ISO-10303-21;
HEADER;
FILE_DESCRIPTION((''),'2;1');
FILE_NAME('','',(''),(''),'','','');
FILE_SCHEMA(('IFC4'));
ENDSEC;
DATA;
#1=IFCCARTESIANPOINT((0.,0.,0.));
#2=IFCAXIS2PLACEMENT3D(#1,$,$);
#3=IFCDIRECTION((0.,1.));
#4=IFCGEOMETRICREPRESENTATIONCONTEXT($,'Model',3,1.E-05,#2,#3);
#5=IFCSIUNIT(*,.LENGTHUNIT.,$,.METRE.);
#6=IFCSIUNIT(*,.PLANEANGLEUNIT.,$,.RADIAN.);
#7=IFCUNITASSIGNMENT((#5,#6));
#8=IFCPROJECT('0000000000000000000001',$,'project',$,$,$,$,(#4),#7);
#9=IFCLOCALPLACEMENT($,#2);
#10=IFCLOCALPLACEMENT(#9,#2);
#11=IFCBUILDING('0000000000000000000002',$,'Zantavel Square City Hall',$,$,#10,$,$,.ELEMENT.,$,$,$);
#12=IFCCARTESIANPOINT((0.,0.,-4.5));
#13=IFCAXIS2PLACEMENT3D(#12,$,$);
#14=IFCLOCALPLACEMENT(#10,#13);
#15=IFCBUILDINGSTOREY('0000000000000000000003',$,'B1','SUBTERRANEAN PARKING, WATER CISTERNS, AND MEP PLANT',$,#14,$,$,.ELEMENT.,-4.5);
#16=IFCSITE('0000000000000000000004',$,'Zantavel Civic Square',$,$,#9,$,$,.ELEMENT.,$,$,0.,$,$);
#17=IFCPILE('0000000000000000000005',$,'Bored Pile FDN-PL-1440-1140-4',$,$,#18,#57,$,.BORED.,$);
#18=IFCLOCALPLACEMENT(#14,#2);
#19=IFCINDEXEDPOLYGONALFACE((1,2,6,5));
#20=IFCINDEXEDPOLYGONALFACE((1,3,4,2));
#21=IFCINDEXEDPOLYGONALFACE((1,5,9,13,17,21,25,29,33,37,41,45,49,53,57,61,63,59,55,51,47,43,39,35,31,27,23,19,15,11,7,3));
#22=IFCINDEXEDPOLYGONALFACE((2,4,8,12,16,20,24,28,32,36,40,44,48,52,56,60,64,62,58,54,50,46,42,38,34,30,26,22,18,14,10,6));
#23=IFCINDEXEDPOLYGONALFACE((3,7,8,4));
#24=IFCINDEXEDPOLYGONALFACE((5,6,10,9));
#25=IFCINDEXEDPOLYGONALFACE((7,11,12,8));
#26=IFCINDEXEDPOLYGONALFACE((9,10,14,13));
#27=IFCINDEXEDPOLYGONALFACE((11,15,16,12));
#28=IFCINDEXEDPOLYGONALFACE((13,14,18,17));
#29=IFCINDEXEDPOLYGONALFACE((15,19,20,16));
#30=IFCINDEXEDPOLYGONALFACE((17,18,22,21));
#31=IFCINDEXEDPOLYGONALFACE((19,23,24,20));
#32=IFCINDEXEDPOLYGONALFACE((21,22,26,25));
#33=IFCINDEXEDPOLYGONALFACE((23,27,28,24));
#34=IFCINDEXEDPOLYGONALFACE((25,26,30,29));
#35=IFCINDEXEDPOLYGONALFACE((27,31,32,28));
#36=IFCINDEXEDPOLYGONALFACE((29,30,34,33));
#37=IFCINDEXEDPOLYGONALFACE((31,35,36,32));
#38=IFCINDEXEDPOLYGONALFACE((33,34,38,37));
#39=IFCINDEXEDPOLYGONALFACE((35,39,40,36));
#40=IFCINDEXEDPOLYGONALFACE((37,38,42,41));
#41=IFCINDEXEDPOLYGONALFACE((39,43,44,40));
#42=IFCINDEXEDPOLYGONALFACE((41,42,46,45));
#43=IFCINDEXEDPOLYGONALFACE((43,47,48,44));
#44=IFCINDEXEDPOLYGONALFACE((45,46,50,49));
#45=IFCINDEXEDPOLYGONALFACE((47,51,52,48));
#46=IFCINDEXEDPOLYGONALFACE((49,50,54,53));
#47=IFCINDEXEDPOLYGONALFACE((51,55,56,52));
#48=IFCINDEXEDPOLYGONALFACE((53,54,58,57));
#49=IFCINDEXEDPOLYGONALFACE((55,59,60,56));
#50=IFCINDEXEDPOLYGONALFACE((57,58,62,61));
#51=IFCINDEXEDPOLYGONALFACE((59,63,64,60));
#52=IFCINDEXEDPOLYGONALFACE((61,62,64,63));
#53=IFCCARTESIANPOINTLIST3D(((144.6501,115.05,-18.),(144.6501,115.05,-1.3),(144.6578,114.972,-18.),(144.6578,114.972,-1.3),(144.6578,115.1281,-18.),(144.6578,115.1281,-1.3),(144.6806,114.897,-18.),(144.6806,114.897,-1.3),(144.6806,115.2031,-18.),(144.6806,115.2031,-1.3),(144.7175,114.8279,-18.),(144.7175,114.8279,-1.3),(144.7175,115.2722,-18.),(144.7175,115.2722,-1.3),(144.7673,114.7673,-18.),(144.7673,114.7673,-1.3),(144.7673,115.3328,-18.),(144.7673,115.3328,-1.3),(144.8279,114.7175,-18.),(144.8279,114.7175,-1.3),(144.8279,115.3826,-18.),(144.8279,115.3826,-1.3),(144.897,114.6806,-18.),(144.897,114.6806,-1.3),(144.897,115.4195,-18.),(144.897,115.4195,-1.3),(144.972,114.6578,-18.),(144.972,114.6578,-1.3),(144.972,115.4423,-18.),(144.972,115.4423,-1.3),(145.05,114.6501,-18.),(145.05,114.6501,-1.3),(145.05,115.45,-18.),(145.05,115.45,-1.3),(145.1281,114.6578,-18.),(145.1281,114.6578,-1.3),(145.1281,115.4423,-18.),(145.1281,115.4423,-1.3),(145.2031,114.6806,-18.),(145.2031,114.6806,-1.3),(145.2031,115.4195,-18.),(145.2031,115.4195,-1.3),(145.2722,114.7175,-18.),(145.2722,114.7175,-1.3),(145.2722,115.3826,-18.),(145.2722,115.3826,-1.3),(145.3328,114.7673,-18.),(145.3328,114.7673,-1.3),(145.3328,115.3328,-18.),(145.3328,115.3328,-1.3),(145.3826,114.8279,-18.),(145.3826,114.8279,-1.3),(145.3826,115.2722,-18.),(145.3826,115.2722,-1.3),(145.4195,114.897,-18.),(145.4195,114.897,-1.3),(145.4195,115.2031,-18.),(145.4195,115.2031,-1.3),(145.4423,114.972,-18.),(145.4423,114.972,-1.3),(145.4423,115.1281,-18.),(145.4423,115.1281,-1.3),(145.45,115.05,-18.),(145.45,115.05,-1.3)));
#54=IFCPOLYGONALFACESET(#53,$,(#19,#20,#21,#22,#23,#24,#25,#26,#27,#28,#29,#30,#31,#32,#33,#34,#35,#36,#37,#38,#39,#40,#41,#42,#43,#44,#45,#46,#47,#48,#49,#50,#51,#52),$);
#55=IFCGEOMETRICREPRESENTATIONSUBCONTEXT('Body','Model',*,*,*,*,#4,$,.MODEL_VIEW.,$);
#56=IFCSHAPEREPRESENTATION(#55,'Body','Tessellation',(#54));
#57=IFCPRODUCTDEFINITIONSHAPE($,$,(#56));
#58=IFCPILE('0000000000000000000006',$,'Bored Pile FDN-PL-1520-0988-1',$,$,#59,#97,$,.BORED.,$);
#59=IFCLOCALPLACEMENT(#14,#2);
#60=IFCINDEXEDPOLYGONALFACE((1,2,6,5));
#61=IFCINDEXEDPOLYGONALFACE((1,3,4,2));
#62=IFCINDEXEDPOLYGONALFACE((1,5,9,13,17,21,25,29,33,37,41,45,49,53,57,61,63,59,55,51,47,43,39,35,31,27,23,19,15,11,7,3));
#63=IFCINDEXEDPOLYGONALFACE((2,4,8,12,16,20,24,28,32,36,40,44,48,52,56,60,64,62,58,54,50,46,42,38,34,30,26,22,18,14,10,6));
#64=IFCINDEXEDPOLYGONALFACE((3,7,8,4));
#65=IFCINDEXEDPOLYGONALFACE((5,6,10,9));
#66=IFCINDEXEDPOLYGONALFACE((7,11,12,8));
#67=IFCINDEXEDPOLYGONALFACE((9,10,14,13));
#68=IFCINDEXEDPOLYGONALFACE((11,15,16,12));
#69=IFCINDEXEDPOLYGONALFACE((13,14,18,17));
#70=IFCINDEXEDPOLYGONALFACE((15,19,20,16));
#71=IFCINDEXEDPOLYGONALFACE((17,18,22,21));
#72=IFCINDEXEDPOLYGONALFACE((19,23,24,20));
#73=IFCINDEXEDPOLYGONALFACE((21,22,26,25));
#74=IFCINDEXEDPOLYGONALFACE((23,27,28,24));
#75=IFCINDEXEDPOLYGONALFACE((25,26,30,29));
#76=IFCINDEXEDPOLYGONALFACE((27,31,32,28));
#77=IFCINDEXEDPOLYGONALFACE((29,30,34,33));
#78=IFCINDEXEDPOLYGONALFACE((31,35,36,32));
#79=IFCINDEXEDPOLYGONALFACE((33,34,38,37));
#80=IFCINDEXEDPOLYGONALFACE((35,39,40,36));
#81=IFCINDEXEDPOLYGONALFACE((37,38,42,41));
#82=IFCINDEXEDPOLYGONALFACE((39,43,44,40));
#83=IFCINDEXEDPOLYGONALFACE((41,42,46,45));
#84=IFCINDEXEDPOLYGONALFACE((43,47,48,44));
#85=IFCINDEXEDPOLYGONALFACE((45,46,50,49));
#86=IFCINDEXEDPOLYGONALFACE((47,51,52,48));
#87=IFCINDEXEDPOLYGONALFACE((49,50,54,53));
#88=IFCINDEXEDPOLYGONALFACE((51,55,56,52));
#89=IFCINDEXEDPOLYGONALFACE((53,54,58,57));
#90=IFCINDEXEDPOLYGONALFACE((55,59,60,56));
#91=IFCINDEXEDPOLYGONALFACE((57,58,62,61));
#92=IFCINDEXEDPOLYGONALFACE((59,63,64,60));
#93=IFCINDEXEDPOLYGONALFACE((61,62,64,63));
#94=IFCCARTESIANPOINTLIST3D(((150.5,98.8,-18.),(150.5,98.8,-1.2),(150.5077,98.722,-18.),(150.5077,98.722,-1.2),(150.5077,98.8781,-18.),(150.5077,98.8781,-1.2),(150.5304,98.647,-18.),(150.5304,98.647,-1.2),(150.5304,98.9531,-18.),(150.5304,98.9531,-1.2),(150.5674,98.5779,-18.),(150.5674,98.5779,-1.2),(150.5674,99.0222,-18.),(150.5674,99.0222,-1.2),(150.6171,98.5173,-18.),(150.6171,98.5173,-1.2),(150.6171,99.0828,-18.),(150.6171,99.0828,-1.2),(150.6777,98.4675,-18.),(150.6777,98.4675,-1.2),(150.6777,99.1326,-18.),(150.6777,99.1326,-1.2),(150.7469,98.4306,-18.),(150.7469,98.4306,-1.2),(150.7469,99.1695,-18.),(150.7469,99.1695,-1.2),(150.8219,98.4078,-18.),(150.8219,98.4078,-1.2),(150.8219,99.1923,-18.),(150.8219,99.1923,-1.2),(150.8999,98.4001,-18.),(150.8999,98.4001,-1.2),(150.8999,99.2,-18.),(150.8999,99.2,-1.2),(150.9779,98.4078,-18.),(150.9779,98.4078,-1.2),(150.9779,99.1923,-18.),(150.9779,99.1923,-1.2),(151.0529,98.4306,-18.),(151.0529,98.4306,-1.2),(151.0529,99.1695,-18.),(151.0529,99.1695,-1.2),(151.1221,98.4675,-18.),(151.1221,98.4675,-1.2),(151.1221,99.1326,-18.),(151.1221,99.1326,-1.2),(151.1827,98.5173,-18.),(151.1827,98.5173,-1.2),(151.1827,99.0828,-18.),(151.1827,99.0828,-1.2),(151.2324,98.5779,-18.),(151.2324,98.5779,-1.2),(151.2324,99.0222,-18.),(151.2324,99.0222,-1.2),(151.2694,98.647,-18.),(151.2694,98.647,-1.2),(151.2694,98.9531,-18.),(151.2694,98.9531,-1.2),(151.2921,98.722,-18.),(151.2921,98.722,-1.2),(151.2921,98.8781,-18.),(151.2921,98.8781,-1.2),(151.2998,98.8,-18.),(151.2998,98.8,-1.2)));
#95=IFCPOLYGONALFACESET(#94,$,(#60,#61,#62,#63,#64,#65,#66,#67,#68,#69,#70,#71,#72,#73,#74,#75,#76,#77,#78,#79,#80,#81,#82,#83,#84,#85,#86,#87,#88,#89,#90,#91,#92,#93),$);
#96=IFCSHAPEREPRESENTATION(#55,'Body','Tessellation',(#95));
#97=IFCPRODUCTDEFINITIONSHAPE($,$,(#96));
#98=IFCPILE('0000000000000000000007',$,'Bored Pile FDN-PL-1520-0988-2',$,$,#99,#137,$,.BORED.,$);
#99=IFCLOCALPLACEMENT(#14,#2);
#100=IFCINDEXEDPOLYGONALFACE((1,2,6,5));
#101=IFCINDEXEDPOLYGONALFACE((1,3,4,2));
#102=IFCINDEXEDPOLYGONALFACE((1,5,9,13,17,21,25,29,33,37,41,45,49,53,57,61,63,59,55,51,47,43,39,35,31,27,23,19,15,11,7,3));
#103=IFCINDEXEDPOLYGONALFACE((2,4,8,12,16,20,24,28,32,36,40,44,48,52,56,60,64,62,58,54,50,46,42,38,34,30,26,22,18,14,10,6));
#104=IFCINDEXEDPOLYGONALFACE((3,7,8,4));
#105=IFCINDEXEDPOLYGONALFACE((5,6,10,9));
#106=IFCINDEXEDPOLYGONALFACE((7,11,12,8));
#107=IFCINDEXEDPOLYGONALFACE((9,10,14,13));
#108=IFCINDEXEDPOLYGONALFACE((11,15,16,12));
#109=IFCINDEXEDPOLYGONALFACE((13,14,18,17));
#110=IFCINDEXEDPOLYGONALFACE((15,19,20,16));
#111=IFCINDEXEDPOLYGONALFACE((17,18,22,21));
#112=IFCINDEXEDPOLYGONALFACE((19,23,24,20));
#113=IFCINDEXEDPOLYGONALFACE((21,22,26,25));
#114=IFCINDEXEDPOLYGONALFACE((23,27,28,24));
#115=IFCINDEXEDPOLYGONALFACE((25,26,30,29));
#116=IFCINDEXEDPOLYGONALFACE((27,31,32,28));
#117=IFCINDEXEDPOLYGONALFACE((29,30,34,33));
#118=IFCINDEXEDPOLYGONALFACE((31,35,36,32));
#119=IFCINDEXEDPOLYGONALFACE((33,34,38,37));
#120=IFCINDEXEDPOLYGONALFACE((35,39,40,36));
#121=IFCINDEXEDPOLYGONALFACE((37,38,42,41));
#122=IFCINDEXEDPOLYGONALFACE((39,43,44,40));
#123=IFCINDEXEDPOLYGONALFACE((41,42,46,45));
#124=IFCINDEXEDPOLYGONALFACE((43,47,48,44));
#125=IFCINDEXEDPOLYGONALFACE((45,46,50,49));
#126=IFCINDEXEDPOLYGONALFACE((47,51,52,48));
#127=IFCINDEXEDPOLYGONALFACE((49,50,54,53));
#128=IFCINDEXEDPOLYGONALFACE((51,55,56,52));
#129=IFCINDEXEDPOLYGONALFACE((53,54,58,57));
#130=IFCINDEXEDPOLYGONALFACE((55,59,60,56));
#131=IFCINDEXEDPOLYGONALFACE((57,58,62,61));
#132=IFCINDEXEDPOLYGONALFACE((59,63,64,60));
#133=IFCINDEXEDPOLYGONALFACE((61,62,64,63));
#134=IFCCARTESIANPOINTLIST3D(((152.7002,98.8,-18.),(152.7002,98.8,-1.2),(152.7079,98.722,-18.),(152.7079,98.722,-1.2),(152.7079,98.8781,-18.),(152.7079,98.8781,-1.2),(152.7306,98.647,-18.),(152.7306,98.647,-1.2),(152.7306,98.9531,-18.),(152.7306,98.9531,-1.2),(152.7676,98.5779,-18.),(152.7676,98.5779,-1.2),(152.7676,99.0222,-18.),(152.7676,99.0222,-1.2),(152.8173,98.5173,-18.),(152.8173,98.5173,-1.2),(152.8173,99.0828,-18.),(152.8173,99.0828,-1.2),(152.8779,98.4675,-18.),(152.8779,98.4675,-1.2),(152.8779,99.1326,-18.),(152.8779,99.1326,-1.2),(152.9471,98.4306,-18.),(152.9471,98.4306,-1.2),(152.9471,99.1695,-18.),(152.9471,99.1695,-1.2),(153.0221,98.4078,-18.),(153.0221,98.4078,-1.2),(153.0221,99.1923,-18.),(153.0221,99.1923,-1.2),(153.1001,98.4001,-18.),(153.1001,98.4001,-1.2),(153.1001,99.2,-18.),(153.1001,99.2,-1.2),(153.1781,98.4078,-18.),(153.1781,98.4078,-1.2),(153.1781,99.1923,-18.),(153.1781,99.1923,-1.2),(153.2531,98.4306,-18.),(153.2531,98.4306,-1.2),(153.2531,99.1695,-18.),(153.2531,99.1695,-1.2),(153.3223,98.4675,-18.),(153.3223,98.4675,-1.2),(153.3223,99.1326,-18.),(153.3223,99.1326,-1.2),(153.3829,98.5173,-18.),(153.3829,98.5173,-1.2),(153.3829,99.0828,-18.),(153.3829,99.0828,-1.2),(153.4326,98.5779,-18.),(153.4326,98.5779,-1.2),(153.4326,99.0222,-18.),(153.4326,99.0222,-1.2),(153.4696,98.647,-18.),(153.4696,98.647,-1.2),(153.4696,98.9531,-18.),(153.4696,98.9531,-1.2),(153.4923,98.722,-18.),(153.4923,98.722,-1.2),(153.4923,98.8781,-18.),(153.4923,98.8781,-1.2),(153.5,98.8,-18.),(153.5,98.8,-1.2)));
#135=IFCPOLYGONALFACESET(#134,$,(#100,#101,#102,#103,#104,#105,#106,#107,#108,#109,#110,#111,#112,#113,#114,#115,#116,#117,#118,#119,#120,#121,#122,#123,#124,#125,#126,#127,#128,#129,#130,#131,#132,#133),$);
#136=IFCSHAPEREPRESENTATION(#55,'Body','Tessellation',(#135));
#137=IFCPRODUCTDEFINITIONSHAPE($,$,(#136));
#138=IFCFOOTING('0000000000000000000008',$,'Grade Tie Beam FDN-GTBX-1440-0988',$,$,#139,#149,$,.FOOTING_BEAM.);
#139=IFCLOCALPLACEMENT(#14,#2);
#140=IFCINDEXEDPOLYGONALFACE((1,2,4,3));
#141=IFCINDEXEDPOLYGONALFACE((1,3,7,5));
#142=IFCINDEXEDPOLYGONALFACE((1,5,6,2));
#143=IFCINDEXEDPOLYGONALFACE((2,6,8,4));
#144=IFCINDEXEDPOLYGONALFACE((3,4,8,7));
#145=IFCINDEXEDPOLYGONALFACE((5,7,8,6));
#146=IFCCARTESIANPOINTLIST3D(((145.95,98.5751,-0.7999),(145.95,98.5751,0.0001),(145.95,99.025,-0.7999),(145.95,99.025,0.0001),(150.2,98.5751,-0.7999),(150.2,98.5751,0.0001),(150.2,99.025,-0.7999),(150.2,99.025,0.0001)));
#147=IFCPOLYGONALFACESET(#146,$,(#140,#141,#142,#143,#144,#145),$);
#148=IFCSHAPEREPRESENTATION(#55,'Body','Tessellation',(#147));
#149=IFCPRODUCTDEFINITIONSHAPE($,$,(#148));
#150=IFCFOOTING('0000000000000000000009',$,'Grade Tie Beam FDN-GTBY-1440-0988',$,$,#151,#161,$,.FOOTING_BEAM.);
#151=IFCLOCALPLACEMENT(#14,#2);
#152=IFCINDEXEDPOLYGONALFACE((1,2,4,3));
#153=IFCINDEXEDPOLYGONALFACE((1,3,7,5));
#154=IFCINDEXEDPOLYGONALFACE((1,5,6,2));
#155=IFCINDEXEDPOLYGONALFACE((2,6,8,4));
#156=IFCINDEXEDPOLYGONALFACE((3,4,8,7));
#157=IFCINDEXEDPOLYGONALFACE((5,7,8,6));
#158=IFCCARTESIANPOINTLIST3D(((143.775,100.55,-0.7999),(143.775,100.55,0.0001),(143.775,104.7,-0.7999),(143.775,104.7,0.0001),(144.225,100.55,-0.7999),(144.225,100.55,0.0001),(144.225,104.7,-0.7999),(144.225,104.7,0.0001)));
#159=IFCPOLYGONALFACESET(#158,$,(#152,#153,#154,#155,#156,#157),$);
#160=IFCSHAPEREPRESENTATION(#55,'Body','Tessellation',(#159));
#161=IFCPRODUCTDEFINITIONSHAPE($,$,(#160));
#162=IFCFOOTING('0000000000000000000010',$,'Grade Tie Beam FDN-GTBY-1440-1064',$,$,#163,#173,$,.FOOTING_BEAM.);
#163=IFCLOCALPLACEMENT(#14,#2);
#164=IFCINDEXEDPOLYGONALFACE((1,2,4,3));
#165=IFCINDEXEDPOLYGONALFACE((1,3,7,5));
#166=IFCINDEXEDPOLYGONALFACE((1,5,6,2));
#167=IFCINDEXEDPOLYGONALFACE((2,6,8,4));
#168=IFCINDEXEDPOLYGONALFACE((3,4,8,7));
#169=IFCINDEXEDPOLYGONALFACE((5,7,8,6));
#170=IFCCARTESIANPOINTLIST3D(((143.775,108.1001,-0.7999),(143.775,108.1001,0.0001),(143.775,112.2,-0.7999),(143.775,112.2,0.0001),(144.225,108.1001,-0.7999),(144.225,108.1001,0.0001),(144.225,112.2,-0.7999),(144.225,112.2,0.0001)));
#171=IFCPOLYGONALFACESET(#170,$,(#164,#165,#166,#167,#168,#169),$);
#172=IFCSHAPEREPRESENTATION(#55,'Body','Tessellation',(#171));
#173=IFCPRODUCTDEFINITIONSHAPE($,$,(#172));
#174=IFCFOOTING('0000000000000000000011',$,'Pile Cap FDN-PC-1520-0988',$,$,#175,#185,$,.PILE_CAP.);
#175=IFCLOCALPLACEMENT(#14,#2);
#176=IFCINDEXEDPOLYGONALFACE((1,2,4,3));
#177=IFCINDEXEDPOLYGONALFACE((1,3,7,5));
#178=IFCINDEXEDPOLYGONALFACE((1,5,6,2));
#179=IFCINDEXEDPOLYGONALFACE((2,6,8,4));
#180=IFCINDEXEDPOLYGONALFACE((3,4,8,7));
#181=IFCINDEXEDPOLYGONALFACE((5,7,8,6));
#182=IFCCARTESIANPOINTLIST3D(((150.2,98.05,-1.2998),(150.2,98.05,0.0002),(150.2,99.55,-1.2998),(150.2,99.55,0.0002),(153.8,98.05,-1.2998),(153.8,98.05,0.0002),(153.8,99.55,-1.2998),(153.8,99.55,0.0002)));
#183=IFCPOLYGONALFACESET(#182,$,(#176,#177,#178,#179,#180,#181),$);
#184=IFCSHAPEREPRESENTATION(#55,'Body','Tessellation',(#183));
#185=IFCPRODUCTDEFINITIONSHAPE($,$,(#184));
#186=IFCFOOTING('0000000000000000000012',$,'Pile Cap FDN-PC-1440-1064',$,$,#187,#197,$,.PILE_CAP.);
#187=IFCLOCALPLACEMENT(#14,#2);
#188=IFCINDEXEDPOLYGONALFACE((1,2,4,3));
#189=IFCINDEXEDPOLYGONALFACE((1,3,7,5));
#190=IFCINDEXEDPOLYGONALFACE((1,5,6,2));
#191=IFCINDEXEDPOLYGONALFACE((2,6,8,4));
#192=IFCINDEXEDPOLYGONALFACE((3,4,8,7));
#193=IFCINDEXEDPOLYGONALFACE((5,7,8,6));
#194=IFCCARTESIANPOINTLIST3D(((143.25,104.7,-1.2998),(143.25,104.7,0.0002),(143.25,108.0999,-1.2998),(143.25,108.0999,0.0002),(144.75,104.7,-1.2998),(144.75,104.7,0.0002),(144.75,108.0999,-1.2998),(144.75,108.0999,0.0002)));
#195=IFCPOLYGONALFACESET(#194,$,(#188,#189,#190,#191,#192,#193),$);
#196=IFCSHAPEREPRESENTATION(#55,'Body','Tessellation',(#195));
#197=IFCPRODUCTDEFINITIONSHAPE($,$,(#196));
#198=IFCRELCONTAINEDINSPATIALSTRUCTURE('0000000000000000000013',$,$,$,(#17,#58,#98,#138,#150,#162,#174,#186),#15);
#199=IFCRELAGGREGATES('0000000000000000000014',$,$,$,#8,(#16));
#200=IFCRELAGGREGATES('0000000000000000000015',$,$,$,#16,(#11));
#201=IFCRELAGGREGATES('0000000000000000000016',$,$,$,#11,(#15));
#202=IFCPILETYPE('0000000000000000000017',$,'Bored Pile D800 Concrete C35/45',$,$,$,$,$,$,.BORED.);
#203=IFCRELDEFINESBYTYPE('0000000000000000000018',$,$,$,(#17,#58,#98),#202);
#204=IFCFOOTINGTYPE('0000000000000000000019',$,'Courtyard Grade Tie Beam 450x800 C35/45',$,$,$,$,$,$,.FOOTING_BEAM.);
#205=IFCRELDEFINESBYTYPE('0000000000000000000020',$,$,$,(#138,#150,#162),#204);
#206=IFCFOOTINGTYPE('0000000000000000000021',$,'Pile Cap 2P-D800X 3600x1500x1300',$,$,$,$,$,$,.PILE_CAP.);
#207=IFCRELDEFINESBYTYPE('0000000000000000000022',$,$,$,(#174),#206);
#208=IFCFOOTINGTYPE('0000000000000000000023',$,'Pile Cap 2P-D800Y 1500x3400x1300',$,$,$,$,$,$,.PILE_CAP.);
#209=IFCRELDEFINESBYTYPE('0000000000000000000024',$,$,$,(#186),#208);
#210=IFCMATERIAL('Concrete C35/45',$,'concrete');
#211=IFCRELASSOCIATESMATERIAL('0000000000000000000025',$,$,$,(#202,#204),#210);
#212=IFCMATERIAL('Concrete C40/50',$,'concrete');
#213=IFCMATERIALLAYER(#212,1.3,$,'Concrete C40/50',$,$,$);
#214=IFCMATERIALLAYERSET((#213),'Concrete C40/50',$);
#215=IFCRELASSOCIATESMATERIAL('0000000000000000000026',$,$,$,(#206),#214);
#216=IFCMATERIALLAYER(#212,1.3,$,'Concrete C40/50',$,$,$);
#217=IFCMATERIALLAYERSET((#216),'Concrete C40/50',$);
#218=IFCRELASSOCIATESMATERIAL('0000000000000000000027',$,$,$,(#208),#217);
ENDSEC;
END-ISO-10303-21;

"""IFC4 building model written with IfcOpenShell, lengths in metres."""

from ifc_helpers import new_model, si_unit, direction, frame, origin, origin_2d, place, context, subcontext, project, spatial, rectangle, circle, extrude, material, layer, layer_set, material_profile, profile_set, type_object, element, save


model = new_model("IFC4")

# Units and contexts
model_context = context("Model", 3, precision=1e-05, world=origin(), true_north=direction((0.0, 1.0)))
body_context = subcontext(model_context, "Body", "Model", "MODEL_VIEW")
ifc_project = project(units=[si_unit("LENGTHUNIT", "METRE"), si_unit("PLANEANGLEUNIT", "RADIAN")], contexts=[model_context])

# Site, building, storey
site_placement = place(None, origin())
site = spatial("IfcSite", under=ifc_project, at=site_placement, Name="Zantavel Civic Square", CompositionType="ELEMENT", RefElevation=0.0)
building_placement = place(site_placement, origin())
building = spatial("IfcBuilding", under=site, at=building_placement, Name="Zantavel Square City Hall", CompositionType="ELEMENT")
storey_placement = place(building_placement, frame((0.0, 0.0, -4.5)))
storey = spatial("IfcBuildingStorey", under=building, at=storey_placement, Name="B1", Description="SUBTERRANEAN PARKING, WATER CISTERNS, AND MEP PLANT", CompositionType="ELEMENT", Elevation=-4.5)

# Piles
ifc_material_1 = material(Name="Concrete C35/45", Category="concrete")
ifc_material_profile_1 = material_profile(ifc_material_1, circle(Radius=0.3999, at=origin_2d()), Name="PILE D800")
ifc_profile_set_1 = profile_set([ifc_material_profile_1], Name="Concrete C35/45")
pile_type_1 = type_object("IfcPileType", Name="Bored Pile D800 Concrete C35/45", PredefinedType="BORED", material=ifc_profile_set_1)
for number, where, z_axis, x_axis, name in (
    (1, (145.05, 115.05, -1.3), (0.0, 0.0, -1.0), (1.0, 0.0, 0.0), "Bored Pile FDN-PL-1440-1140-4"),
):
    element("IfcPile", number, at=place(storey_placement, frame(where, z_axis=z_axis, x_axis=x_axis)), inside=storey, type_object=pile_type_1, Name=name, PredefinedType="BORED", context=body_context, shape_type="SweptSolid", body=[
        extrude(circle(Radius=0.3999, at=origin_2d()), origin(), (0.0, 0.0, 1.0), 16.7),
    ])
for number, where, z_axis, x_axis, name in (
    (2, (150.8999, 98.8, -1.2), (0.0, 0.0, -1.0), (1.0, 0.0, 0.0), "Bored Pile FDN-PL-1520-0988-1"),
    (3, (153.1001, 98.8, -1.2), (0.0, 0.0, -1.0), (1.0, 0.0, 0.0), "Bored Pile FDN-PL-1520-0988-2"),
):
    element("IfcPile", number, at=place(storey_placement, frame(where, z_axis=z_axis, x_axis=x_axis)), inside=storey, type_object=pile_type_1, Name=name, PredefinedType="BORED", context=body_context, shape_type="SweptSolid", body=[
        extrude(circle(Radius=0.3999, at=origin_2d()), origin(), (0.0, 0.0, 1.0), 16.8),
    ])

# Footings
ifc_material_profile_2 = material_profile(ifc_material_1, rectangle(XDim=0.45, YDim=0.8, at=origin_2d()), Name="RC 450x800")
ifc_profile_set_2 = profile_set([ifc_material_profile_2], Name="Concrete C35/45")
footing_type_1 = type_object("IfcFootingType", Name="Courtyard Grade Tie Beam 450x800 C35/45", PredefinedType="FOOTING_BEAM", material=ifc_profile_set_2)
footing_1_placement = place(storey_placement, frame((145.95, 98.8, -0.3999), z_axis=(1.0, 0.0, 0.0), x_axis=(0.0, 1.0, 0.0)))
element("IfcFooting", 4, at=footing_1_placement, inside=storey, type_object=footing_type_1, Name="Grade Tie Beam FDN-GTBX-1440-0988", PredefinedType="FOOTING_BEAM", context=body_context, shape_type="SweptSolid", body=[
    extrude(rectangle(XDim=0.45, YDim=0.8, at=origin_2d()), origin(), (0.0, 0.0, 1.0), 4.25),
])
footing_2_placement = place(storey_placement, frame((144.0, 100.55, -0.3999), z_axis=(0.0, 1.0, 0.0), x_axis=(-1.0, 0.0, 0.0)))
element("IfcFooting", 5, at=footing_2_placement, inside=storey, type_object=footing_type_1, Name="Grade Tie Beam FDN-GTBY-1440-0988", PredefinedType="FOOTING_BEAM", context=body_context, shape_type="SweptSolid", body=[
    extrude(rectangle(XDim=0.45, YDim=0.8, at=origin_2d()), origin(), (0.0, 0.0, 1.0), 4.1499),
])
footing_3_placement = place(storey_placement, frame((144.0, 108.1001, -0.3999), z_axis=(0.0, 1.0, 0.0), x_axis=(-1.0, 0.0, 0.0)))
element("IfcFooting", 6, at=footing_3_placement, inside=storey, type_object=footing_type_1, Name="Grade Tie Beam FDN-GTBY-1440-1064", PredefinedType="FOOTING_BEAM", context=body_context, shape_type="SweptSolid", body=[
    extrude(rectangle(XDim=0.45, YDim=0.8, at=origin_2d()), origin(), (0.0, 0.0, 1.0), 4.0999),
])
ifc_material_2 = material(Name="Concrete C40/50", Category="concrete")
ifc_layer_1 = layer(ifc_material_2, 1.3, Name="Concrete C40/50")
ifc_layer_set_1 = layer_set([ifc_layer_1], Name="Concrete C40/50")
footing_type_2 = type_object("IfcFootingType", Name="Pile Cap 2P-D800X 3600x1500x1300", PredefinedType="PILE_CAP", material=ifc_layer_set_1)
footing_4_placement = place(storey_placement, frame((152.0, 98.8, -1.2998), z_axis=(0.0, 0.0, 1.0), x_axis=(1.0, 0.0, 0.0)))
element("IfcFooting", 7, at=footing_4_placement, inside=storey, type_object=footing_type_2, Name="Pile Cap FDN-PC-1520-0988", PredefinedType="PILE_CAP", context=body_context, shape_type="SweptSolid", body=[
    extrude(rectangle(XDim=3.6001, YDim=1.5, at=origin_2d()), origin(), (0.0, 0.0, 1.0), 1.3),
])
ifc_layer_2 = layer(ifc_material_2, 1.3, Name="Concrete C40/50")
ifc_layer_set_2 = layer_set([ifc_layer_2], Name="Concrete C40/50")
footing_type_3 = type_object("IfcFootingType", Name="Pile Cap 2P-D800Y 1500x3400x1300", PredefinedType="PILE_CAP", material=ifc_layer_set_2)
footing_5_placement = place(storey_placement, frame((144.0, 106.3999, -1.2998), z_axis=(0.0, 0.0, 1.0), x_axis=(1.0, 0.0, 0.0)))
element("IfcFooting", 8, at=footing_5_placement, inside=storey, type_object=footing_type_3, Name="Pile Cap FDN-PC-1440-1064", PredefinedType="PILE_CAP", context=body_context, shape_type="SweptSolid", body=[
    extrude(rectangle(XDim=1.5, YDim=3.3999, at=origin_2d()), origin(), (0.0, 0.0, 1.0), 1.3),
])

save(model, "model.ifc")
